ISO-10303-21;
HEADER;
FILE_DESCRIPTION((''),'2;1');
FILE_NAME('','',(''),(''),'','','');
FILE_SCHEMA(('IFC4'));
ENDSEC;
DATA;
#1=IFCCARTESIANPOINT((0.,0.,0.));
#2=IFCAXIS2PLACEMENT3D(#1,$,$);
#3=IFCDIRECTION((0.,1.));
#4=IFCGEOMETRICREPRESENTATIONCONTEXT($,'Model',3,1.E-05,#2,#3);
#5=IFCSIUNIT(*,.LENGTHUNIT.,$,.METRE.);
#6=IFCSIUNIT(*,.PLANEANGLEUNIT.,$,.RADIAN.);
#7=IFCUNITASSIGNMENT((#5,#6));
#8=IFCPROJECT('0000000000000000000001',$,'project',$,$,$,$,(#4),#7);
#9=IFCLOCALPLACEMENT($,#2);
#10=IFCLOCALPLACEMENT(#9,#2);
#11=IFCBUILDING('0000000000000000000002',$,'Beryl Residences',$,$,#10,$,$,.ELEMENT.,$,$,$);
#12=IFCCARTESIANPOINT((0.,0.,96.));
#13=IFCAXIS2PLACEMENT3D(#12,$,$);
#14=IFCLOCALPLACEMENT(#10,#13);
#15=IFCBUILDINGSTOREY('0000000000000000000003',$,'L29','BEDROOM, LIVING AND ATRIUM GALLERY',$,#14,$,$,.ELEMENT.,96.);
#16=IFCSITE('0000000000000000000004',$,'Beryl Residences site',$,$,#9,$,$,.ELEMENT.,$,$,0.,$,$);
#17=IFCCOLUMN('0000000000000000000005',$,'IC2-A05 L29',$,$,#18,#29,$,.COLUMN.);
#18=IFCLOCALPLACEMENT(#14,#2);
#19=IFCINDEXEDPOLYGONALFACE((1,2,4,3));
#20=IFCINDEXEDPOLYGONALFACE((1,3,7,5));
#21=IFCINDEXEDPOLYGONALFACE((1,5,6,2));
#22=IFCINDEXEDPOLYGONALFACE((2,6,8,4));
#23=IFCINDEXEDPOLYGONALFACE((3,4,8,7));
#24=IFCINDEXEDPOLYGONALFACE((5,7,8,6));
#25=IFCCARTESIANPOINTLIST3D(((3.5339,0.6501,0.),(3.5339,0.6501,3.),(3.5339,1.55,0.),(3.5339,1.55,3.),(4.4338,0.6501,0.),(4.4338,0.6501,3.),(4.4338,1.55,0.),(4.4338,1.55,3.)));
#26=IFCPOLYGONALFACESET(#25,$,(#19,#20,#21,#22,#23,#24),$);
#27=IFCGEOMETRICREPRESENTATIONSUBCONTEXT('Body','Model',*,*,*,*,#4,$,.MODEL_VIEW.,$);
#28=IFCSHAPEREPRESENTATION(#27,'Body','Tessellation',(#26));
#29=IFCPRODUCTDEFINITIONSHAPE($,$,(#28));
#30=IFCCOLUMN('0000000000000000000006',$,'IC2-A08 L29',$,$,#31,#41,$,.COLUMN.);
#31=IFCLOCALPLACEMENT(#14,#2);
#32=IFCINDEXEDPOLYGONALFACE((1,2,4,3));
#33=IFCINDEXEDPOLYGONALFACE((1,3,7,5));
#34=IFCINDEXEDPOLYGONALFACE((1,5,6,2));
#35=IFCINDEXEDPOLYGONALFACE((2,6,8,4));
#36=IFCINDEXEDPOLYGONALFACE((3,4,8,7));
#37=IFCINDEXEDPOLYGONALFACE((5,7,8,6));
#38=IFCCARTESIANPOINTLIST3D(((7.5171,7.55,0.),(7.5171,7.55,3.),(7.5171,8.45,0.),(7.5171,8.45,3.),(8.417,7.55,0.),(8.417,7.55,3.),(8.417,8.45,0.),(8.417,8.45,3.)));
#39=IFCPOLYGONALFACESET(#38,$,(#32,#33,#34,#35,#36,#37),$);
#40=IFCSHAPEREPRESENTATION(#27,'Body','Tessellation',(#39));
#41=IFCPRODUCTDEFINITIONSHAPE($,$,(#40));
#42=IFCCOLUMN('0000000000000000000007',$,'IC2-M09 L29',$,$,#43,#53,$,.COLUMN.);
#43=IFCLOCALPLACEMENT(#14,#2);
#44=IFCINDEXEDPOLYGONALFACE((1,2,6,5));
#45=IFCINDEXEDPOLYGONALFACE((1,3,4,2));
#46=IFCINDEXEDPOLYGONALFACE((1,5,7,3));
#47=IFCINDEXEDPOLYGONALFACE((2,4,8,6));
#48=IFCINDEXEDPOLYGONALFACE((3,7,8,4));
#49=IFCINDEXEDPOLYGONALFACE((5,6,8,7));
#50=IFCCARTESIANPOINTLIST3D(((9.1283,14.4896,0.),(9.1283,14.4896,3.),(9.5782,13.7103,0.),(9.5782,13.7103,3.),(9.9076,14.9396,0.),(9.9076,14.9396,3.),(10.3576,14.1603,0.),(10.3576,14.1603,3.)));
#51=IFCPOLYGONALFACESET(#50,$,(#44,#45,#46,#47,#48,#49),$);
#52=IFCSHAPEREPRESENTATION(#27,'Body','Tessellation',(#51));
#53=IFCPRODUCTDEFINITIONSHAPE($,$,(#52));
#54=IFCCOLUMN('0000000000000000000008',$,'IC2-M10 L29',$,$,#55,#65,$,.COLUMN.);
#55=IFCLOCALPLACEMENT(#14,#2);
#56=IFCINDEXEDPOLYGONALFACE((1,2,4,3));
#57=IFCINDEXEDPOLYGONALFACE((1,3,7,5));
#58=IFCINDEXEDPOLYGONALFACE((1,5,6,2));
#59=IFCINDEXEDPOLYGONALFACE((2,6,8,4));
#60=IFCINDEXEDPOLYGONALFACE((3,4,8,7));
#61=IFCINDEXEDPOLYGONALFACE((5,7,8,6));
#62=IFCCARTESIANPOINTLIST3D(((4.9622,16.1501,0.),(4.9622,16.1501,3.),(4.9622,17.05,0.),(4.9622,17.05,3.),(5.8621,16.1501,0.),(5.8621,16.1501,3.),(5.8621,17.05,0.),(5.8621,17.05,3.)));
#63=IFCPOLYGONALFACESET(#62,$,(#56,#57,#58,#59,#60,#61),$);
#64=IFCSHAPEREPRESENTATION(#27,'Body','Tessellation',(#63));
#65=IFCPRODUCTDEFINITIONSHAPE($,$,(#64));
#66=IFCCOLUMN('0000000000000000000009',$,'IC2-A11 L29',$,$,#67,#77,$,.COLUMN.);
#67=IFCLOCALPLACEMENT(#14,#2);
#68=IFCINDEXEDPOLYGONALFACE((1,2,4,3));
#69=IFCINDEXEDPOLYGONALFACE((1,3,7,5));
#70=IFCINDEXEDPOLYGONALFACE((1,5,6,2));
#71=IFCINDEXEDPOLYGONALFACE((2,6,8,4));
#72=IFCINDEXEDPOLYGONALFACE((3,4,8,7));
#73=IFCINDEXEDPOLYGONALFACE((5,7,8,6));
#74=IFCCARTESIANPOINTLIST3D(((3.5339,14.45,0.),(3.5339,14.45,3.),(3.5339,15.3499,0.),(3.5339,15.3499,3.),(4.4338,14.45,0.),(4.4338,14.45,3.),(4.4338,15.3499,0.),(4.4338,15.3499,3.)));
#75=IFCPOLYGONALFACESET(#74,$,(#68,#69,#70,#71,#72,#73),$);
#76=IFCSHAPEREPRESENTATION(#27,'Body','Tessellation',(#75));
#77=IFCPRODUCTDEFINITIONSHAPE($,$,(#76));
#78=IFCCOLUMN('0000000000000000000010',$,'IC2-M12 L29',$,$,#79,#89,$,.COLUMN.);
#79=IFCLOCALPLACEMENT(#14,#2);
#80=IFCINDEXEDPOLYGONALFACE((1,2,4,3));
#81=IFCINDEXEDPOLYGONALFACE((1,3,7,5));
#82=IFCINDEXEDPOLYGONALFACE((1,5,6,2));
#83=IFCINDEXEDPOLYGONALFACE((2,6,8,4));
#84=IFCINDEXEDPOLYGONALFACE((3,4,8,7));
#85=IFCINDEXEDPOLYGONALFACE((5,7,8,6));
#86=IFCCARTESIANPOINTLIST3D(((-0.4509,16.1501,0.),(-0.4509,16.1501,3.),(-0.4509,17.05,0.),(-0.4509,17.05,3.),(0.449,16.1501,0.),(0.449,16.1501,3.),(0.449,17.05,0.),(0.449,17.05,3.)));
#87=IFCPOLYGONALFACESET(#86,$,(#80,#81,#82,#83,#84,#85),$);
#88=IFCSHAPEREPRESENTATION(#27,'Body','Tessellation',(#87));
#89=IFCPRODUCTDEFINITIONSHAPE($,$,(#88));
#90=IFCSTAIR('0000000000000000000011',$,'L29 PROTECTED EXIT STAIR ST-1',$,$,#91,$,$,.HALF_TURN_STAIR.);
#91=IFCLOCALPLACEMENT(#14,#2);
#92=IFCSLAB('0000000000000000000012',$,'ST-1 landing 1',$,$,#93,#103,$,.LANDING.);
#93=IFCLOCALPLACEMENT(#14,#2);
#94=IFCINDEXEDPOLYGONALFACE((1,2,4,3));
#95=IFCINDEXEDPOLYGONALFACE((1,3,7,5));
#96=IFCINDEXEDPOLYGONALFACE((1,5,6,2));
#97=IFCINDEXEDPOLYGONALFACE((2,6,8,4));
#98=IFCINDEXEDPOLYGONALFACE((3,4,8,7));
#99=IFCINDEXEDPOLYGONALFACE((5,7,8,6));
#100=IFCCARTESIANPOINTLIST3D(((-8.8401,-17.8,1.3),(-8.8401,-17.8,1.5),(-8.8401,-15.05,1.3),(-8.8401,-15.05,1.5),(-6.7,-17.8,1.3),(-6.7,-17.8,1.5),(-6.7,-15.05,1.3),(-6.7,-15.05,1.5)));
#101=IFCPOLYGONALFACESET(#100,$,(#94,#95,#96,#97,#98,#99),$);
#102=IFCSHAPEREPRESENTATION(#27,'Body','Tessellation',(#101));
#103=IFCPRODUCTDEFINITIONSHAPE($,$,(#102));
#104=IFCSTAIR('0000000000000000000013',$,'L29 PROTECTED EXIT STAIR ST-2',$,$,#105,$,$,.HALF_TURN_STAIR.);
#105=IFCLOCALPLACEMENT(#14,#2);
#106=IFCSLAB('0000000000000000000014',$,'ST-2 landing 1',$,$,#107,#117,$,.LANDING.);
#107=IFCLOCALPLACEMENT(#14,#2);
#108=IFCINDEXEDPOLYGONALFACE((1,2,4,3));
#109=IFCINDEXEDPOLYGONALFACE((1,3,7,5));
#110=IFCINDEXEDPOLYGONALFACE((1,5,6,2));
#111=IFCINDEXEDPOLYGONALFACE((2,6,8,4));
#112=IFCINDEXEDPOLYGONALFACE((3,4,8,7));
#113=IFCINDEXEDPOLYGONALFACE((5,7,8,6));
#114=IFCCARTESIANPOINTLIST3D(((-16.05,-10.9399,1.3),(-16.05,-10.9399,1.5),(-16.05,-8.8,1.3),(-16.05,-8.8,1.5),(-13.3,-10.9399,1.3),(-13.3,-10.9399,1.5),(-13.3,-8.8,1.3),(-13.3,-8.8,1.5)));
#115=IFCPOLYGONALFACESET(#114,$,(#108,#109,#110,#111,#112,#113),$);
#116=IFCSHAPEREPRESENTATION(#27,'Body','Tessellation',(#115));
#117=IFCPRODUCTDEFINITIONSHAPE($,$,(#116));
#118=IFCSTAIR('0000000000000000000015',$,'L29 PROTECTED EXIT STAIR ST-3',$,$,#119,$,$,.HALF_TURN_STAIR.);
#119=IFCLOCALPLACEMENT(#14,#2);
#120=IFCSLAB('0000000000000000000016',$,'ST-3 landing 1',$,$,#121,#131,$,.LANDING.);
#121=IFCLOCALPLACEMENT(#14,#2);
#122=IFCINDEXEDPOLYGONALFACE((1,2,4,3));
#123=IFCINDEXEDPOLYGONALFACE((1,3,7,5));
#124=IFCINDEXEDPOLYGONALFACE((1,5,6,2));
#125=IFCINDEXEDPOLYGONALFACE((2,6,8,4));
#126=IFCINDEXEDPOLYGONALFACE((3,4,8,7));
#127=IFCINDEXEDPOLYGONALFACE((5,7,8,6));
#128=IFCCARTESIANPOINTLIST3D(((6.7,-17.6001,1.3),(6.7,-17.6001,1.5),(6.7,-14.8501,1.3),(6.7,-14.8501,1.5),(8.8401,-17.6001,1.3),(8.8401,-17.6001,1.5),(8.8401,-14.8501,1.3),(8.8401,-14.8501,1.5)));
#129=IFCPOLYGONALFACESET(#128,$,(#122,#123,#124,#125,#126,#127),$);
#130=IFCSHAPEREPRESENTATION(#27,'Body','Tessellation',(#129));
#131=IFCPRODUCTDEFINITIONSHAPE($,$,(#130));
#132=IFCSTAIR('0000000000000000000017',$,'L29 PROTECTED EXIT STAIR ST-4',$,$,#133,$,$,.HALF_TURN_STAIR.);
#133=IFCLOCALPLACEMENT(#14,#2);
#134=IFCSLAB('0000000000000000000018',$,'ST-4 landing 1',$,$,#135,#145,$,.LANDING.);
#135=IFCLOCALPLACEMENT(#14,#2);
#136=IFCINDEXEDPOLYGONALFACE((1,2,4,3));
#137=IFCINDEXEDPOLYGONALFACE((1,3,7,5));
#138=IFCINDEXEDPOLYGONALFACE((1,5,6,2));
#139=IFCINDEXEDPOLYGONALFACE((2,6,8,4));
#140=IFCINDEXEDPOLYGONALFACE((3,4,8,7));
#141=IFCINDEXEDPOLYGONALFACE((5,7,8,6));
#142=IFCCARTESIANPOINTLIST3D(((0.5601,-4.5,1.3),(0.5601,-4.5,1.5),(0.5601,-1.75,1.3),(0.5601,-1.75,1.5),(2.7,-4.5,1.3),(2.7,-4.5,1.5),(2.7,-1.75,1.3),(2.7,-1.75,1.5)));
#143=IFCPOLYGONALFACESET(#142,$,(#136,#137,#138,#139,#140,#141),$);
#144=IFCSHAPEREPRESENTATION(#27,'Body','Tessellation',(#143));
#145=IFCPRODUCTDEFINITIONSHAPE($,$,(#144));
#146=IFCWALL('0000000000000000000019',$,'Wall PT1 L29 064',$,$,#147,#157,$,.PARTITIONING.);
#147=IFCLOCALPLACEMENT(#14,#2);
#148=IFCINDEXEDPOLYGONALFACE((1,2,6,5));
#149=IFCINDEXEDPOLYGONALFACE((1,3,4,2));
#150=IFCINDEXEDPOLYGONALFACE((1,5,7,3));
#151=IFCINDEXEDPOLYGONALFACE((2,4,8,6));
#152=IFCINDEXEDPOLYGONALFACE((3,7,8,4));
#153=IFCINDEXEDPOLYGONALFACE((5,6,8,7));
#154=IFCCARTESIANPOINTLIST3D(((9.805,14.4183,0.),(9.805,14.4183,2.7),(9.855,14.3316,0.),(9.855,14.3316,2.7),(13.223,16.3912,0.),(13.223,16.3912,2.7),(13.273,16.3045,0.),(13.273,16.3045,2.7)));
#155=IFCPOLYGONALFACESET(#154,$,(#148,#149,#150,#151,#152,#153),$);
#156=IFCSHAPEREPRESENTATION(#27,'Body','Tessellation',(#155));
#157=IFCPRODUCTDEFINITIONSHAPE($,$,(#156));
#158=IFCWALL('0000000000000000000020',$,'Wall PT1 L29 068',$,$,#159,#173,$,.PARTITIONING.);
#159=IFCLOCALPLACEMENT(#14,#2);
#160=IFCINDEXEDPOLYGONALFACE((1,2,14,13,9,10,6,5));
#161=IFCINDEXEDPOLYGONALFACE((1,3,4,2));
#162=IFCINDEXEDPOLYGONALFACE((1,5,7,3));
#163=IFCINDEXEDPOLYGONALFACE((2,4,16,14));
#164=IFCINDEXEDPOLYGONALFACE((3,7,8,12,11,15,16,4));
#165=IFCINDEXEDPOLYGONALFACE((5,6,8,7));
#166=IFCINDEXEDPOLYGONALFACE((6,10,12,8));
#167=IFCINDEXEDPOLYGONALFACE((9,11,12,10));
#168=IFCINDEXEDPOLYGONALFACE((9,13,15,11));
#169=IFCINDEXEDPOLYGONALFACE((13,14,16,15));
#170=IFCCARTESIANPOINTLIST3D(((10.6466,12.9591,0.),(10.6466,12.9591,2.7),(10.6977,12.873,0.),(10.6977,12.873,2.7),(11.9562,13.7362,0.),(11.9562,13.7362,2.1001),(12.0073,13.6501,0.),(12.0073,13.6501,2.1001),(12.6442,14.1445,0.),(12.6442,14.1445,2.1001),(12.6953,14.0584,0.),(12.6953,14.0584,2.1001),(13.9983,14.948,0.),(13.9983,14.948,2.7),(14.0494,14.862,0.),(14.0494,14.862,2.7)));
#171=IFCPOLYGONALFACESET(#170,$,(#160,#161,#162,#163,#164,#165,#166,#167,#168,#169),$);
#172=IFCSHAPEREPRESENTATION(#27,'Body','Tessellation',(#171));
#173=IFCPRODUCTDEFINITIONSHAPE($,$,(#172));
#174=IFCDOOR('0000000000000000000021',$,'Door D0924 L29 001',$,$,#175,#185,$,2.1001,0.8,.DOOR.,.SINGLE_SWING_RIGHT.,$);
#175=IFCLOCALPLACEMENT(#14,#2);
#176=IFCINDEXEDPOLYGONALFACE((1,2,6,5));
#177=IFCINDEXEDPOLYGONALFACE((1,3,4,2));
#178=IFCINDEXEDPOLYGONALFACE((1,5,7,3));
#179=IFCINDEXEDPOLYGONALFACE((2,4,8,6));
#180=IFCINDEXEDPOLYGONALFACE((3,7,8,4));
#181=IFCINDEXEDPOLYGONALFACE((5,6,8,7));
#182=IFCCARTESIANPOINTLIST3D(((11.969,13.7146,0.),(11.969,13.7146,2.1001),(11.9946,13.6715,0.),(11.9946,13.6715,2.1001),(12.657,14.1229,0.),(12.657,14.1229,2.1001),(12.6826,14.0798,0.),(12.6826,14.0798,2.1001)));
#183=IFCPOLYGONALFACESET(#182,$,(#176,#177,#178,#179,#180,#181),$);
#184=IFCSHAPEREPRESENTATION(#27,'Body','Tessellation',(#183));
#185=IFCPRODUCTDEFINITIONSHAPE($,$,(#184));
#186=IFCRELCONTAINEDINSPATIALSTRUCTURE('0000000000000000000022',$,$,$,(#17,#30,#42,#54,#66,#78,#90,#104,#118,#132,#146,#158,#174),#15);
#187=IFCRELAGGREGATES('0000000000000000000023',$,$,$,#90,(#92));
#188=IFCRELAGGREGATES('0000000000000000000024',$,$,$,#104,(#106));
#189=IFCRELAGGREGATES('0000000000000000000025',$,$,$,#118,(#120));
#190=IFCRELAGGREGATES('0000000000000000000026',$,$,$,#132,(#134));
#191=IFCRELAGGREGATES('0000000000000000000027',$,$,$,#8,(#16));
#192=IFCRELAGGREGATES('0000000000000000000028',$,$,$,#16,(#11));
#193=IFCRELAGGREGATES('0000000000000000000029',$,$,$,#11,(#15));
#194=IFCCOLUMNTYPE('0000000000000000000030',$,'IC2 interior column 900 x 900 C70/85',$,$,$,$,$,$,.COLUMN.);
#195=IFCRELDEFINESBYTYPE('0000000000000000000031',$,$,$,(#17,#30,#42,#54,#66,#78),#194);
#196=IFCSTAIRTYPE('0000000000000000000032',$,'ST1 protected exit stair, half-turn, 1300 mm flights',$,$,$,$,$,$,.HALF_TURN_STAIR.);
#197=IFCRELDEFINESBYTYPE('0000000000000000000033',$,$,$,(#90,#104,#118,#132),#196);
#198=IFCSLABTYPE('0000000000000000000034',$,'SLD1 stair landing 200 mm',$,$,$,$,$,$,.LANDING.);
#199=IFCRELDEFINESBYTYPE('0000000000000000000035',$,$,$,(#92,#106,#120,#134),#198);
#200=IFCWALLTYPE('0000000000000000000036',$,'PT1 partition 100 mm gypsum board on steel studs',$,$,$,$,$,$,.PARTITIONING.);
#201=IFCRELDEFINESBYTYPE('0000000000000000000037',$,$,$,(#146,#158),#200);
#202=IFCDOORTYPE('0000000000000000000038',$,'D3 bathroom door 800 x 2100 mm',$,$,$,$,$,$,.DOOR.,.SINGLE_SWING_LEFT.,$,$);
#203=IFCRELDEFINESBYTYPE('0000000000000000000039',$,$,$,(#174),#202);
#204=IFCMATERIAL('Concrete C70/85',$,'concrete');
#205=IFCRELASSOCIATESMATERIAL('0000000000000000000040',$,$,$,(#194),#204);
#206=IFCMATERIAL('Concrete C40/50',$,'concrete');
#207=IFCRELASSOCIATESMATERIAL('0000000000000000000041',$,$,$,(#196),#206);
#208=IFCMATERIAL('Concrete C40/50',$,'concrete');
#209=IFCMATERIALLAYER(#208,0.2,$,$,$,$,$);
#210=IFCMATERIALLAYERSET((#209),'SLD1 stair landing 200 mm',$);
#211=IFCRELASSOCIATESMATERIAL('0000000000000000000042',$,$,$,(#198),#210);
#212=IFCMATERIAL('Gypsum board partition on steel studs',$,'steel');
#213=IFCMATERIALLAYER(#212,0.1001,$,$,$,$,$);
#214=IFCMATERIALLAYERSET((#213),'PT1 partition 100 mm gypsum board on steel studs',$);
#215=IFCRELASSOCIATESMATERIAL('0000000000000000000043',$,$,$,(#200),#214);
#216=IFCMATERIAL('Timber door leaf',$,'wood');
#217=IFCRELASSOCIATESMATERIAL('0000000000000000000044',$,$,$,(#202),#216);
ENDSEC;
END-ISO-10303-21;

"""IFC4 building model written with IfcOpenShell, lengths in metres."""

from ifc_helpers import new_model, si_unit, direction, frame, frame_2d, origin, origin_2d, place, context, subcontext, project, spatial, polyline, rectangle, outline, extrude, material, layer, layer_set, material_profile, profile_set, type_object, element, fill, aggregate, save


model = new_model("IFC4")

# Units and contexts
model_context = context("Model", 3, precision=1e-05, world=origin(), true_north=direction((0.0, 1.0)))
body_context = subcontext(model_context, "Body", "Model", "MODEL_VIEW")
ifc_project = project(units=[si_unit("LENGTHUNIT", "METRE"), si_unit("PLANEANGLEUNIT", "RADIAN")], contexts=[model_context])

# Site, building, storey
site_placement = place(None, origin())
site = spatial("IfcSite", under=ifc_project, at=site_placement, Name="Beryl Residences site", CompositionType="ELEMENT", RefElevation=0.0)
building_placement = place(site_placement, origin())
building = spatial("IfcBuilding", under=site, at=building_placement, Name="Beryl Residences", CompositionType="ELEMENT")
storey_placement = place(building_placement, frame((0.0, 0.0, 96.0)))
storey = spatial("IfcBuildingStorey", under=building, at=storey_placement, Name="L29", Description="BEDROOM, LIVING AND ATRIUM GALLERY", CompositionType="ELEMENT", Elevation=96.0)

# Columns
ifc_material_1 = material(Name="Concrete C70/85", Category="concrete")
ifc_material_profile = material_profile(ifc_material_1, rectangle(XDim=0.8999, YDim=0.8999, at=origin_2d()))
ifc_profile_set = profile_set([ifc_material_profile], Name="Concrete C70/85")
column_type = type_object("IfcColumnType", Name="IC2 interior column 900 x 900 C70/85", PredefinedType="COLUMN", material=ifc_profile_set)
for number, where, z_axis, x_axis, name in (
    (1, (3.9839, 1.1001, 0.0), (0.0, 0.0, 1.0), (1.0, 0.0, 0.0), "IC2-A05 L29"),
    (2, (7.967, 8.0, 0.0), (0.0, 0.0, 1.0), (1.0, 0.0, 0.0), "IC2-A08 L29"),
    (3, (9.7429, 14.325, 0.0), (0.0, 0.0, 1.0), (-0.5, 0.866025, 0.0), "IC2-M09 L29"),
    (4, (5.4121, 16.6001, 0.0), (0.0, 0.0, 1.0), (-1.0, 0.0, 0.0), "IC2-M10 L29"),
    (5, (3.9839, 14.8999, 0.0), (0.0, 0.0, 1.0), (1.0, 0.0, 0.0), "IC2-A11 L29"),
    (6, (-0.001, 16.6001, 0.0), (0.0, 0.0, 1.0), (-1.0, 0.0, 0.0), "IC2-M12 L29"),
):
    element("IfcColumn", number, at=place(storey_placement, frame(where, z_axis=z_axis, x_axis=x_axis)), inside=storey, type_object=column_type, Name=name, PredefinedType="COLUMN", context=body_context, shape_type="SweptSolid", body=[
        extrude(rectangle(XDim=0.8999, YDim=0.8999, at=origin_2d()), origin(), (0.0, 0.0, 1.0), 3.0),
    ])

# Stairs, slabs
ifc_material_2 = material(Name="Concrete C40/50", Category="concrete")
stair_type = type_object("IfcStairType", Name="ST1 protected exit stair, half-turn, 1300 mm flights", PredefinedType="HALF_TURN_STAIR", material=ifc_material_2)
stair_1_placement = place(storey_placement, origin())
stair_1 = element("IfcStair", 7, at=stair_1_placement, inside=storey, type_object=stair_type, Name="L29 PROTECTED EXIT STAIR ST-1", PredefinedType="HALF_TURN_STAIR")
ifc_material_3 = material(Name="Concrete C40/50", Category="concrete")
ifc_layer_1 = layer(ifc_material_3, 0.2)
ifc_layer_set_1 = layer_set([ifc_layer_1], Name="SLD1 stair landing 200 mm")
slab_type_1 = type_object("IfcSlabType", Name="SLD1 stair landing 200 mm", PredefinedType="LANDING", material=ifc_layer_set_1)
slab_1_placement = place(storey_placement, frame((0.0, 0.0, 1.3)))
slab_1 = element("IfcSlab", 8, at=slab_1_placement, type_object=slab_type_1, Name="ST-1 landing 1", PredefinedType="LANDING", context=body_context, shape_type="SweptSolid", body=[
    extrude(outline(polyline([(-8.8401, -17.8), (-6.7, -17.8), (-6.7, -15.05), (-8.8401, -15.05), (-8.8401, -17.8)])), origin(), (0.0, 0.0, 1.0), 0.2),
])
aggregate(stair_1, [slab_1])
stair_2_placement = place(storey_placement, origin())
stair_2 = element("IfcStair", 9, at=stair_2_placement, inside=storey, type_object=stair_type, Name="L29 PROTECTED EXIT STAIR ST-2", PredefinedType="HALF_TURN_STAIR")
slab_2_placement = place(storey_placement, frame((0.0, 0.0, 1.3)))
slab_2 = element("IfcSlab", 10, at=slab_2_placement, type_object=slab_type_1, Name="ST-2 landing 1", PredefinedType="LANDING", context=body_context, shape_type="SweptSolid", body=[
    extrude(outline(polyline([(-13.3, -10.9399), (-13.3, -8.8), (-16.05, -8.8), (-16.05, -10.9399), (-13.3, -10.9399)])), origin(), (0.0, 0.0, 1.0), 0.2),
])
aggregate(stair_2, [slab_2])
stair_3_placement = place(storey_placement, origin())
stair_3 = element("IfcStair", 11, at=stair_3_placement, inside=storey, type_object=stair_type, Name="L29 PROTECTED EXIT STAIR ST-3", PredefinedType="HALF_TURN_STAIR")
slab_3_placement = place(storey_placement, frame((0.0, 0.0, 1.3)))
slab_3 = element("IfcSlab", 12, at=slab_3_placement, type_object=slab_type_1, Name="ST-3 landing 1", PredefinedType="LANDING", context=body_context, shape_type="SweptSolid", body=[
    extrude(outline(polyline([(8.8401, -14.8501), (6.7, -14.8501), (6.7, -17.6001), (8.8401, -17.6001), (8.8401, -14.8501)])), origin(), (0.0, 0.0, 1.0), 0.2),
])
aggregate(stair_3, [slab_3])
stair_4_placement = place(storey_placement, origin())
stair_4 = element("IfcStair", 13, at=stair_4_placement, inside=storey, type_object=stair_type, Name="L29 PROTECTED EXIT STAIR ST-4", PredefinedType="HALF_TURN_STAIR")
slab_4_placement = place(storey_placement, frame((0.0, 0.0, 1.3)))
slab_4 = element("IfcSlab", 14, at=slab_4_placement, type_object=slab_type_1, Name="ST-4 landing 1", PredefinedType="LANDING", context=body_context, shape_type="SweptSolid", body=[
    extrude(outline(polyline([(0.5601, -4.5), (2.7, -4.5), (2.7, -1.75), (0.5601, -1.75), (0.5601, -4.5)])), origin(), (0.0, 0.0, 1.0), 0.2),
])
aggregate(stair_4, [slab_4])

# Wall
ifc_material_4 = material(Name="Gypsum board partition on steel studs", Category="steel")
ifc_layer_2 = layer(ifc_material_4, 0.1001)
ifc_layer_set_2 = layer_set([ifc_layer_2], Name="PT1 partition 100 mm gypsum board on steel studs")
wall_type_1 = type_object("IfcWallType", Name="PT1 partition 100 mm gypsum board on steel studs", PredefinedType="PARTITIONING", material=ifc_layer_set_2)
wall_1_placement = place(storey_placement, frame((9.8301, 14.375, 0.0), z_axis=(0.0, 0.0, 1.0), x_axis=(0.866076, 0.499912, 0.0)))
element("IfcWall", 15, at=wall_1_placement, inside=storey, type_object=wall_type_1, Name="Wall PT1 L29 064", PredefinedType="PARTITIONING", context=body_context, shape_type="SweptSolid", body=[
    extrude(rectangle(XDim=3.9465, YDim=0.1001, at=frame_2d((1.9731, 0.0))), origin(), (0.0, 0.0, 1.0), 2.7),
])

# Wall, opening, door
wall_2_placement = place(storey_placement, frame((10.6721, 12.916, 0.0), z_axis=(0.0, 0.0, 1.0), x_axis=(0.859981, 0.510326, 0.0)))
wall_2 = element("IfcWall", 16, at=wall_2_placement, inside=storey, type_object=wall_type_1, Name="Wall PT1 L29 068", PredefinedType="PARTITIONING", context=body_context, shape_type="SweptSolid", body=[
    extrude(rectangle(XDim=3.8975, YDim=0.1001, at=frame_2d((1.9487, 0.0))), origin(), (0.0, 0.0, 1.0), 2.7),
])
opening_1_placement = place(wall_2_placement, frame((1.5229, 0.0, 0.0)))
opening_1 = element("IfcOpeningElement", 17, at=opening_1_placement, cuts=wall_2, PredefinedType="OPENING", context=body_context, shape_type="SweptSolid", body=[
    extrude(rectangle(XDim=0.8, YDim=2.1001, at=frame_2d((0.3999, 1.05))), frame((0.0, 0.0601, 0.0), z_axis=(0.0, -1.0, 0.0), x_axis=(1.0, 0.0, 0.0)), (0.0, 0.0, 1.0), 0.1201),
])
ifc_material_5 = material(Name="Timber door leaf", Category="wood")
door_type_1 = type_object("IfcDoorType", Name="D3 bathroom door 800 x 2100 mm", OperationType="SINGLE_SWING_LEFT", PredefinedType="DOOR", material=ifc_material_5)
door_1_placement = place(opening_1_placement, origin())
door_1 = element("IfcDoor", 18, at=door_1_placement, inside=storey, type_object=door_type_1, Name="Door D0924 L29 001", OperationType="SINGLE_SWING_RIGHT", OverallHeight=2.1001, OverallWidth=0.8, PredefinedType="DOOR", context=body_context, shape_type="SweptSolid", body=[
    extrude(rectangle(XDim=0.8, YDim=2.1001, at=frame_2d((0.3999, 1.05))), frame((0.0, 0.0249, 0.0), z_axis=(0.0, -1.0, 0.0), x_axis=(1.0, 0.0, 0.0)), (0.0, 0.0, 1.0), 0.05),
])
fill(opening_1, door_1)

save(model, "model.ifc")
